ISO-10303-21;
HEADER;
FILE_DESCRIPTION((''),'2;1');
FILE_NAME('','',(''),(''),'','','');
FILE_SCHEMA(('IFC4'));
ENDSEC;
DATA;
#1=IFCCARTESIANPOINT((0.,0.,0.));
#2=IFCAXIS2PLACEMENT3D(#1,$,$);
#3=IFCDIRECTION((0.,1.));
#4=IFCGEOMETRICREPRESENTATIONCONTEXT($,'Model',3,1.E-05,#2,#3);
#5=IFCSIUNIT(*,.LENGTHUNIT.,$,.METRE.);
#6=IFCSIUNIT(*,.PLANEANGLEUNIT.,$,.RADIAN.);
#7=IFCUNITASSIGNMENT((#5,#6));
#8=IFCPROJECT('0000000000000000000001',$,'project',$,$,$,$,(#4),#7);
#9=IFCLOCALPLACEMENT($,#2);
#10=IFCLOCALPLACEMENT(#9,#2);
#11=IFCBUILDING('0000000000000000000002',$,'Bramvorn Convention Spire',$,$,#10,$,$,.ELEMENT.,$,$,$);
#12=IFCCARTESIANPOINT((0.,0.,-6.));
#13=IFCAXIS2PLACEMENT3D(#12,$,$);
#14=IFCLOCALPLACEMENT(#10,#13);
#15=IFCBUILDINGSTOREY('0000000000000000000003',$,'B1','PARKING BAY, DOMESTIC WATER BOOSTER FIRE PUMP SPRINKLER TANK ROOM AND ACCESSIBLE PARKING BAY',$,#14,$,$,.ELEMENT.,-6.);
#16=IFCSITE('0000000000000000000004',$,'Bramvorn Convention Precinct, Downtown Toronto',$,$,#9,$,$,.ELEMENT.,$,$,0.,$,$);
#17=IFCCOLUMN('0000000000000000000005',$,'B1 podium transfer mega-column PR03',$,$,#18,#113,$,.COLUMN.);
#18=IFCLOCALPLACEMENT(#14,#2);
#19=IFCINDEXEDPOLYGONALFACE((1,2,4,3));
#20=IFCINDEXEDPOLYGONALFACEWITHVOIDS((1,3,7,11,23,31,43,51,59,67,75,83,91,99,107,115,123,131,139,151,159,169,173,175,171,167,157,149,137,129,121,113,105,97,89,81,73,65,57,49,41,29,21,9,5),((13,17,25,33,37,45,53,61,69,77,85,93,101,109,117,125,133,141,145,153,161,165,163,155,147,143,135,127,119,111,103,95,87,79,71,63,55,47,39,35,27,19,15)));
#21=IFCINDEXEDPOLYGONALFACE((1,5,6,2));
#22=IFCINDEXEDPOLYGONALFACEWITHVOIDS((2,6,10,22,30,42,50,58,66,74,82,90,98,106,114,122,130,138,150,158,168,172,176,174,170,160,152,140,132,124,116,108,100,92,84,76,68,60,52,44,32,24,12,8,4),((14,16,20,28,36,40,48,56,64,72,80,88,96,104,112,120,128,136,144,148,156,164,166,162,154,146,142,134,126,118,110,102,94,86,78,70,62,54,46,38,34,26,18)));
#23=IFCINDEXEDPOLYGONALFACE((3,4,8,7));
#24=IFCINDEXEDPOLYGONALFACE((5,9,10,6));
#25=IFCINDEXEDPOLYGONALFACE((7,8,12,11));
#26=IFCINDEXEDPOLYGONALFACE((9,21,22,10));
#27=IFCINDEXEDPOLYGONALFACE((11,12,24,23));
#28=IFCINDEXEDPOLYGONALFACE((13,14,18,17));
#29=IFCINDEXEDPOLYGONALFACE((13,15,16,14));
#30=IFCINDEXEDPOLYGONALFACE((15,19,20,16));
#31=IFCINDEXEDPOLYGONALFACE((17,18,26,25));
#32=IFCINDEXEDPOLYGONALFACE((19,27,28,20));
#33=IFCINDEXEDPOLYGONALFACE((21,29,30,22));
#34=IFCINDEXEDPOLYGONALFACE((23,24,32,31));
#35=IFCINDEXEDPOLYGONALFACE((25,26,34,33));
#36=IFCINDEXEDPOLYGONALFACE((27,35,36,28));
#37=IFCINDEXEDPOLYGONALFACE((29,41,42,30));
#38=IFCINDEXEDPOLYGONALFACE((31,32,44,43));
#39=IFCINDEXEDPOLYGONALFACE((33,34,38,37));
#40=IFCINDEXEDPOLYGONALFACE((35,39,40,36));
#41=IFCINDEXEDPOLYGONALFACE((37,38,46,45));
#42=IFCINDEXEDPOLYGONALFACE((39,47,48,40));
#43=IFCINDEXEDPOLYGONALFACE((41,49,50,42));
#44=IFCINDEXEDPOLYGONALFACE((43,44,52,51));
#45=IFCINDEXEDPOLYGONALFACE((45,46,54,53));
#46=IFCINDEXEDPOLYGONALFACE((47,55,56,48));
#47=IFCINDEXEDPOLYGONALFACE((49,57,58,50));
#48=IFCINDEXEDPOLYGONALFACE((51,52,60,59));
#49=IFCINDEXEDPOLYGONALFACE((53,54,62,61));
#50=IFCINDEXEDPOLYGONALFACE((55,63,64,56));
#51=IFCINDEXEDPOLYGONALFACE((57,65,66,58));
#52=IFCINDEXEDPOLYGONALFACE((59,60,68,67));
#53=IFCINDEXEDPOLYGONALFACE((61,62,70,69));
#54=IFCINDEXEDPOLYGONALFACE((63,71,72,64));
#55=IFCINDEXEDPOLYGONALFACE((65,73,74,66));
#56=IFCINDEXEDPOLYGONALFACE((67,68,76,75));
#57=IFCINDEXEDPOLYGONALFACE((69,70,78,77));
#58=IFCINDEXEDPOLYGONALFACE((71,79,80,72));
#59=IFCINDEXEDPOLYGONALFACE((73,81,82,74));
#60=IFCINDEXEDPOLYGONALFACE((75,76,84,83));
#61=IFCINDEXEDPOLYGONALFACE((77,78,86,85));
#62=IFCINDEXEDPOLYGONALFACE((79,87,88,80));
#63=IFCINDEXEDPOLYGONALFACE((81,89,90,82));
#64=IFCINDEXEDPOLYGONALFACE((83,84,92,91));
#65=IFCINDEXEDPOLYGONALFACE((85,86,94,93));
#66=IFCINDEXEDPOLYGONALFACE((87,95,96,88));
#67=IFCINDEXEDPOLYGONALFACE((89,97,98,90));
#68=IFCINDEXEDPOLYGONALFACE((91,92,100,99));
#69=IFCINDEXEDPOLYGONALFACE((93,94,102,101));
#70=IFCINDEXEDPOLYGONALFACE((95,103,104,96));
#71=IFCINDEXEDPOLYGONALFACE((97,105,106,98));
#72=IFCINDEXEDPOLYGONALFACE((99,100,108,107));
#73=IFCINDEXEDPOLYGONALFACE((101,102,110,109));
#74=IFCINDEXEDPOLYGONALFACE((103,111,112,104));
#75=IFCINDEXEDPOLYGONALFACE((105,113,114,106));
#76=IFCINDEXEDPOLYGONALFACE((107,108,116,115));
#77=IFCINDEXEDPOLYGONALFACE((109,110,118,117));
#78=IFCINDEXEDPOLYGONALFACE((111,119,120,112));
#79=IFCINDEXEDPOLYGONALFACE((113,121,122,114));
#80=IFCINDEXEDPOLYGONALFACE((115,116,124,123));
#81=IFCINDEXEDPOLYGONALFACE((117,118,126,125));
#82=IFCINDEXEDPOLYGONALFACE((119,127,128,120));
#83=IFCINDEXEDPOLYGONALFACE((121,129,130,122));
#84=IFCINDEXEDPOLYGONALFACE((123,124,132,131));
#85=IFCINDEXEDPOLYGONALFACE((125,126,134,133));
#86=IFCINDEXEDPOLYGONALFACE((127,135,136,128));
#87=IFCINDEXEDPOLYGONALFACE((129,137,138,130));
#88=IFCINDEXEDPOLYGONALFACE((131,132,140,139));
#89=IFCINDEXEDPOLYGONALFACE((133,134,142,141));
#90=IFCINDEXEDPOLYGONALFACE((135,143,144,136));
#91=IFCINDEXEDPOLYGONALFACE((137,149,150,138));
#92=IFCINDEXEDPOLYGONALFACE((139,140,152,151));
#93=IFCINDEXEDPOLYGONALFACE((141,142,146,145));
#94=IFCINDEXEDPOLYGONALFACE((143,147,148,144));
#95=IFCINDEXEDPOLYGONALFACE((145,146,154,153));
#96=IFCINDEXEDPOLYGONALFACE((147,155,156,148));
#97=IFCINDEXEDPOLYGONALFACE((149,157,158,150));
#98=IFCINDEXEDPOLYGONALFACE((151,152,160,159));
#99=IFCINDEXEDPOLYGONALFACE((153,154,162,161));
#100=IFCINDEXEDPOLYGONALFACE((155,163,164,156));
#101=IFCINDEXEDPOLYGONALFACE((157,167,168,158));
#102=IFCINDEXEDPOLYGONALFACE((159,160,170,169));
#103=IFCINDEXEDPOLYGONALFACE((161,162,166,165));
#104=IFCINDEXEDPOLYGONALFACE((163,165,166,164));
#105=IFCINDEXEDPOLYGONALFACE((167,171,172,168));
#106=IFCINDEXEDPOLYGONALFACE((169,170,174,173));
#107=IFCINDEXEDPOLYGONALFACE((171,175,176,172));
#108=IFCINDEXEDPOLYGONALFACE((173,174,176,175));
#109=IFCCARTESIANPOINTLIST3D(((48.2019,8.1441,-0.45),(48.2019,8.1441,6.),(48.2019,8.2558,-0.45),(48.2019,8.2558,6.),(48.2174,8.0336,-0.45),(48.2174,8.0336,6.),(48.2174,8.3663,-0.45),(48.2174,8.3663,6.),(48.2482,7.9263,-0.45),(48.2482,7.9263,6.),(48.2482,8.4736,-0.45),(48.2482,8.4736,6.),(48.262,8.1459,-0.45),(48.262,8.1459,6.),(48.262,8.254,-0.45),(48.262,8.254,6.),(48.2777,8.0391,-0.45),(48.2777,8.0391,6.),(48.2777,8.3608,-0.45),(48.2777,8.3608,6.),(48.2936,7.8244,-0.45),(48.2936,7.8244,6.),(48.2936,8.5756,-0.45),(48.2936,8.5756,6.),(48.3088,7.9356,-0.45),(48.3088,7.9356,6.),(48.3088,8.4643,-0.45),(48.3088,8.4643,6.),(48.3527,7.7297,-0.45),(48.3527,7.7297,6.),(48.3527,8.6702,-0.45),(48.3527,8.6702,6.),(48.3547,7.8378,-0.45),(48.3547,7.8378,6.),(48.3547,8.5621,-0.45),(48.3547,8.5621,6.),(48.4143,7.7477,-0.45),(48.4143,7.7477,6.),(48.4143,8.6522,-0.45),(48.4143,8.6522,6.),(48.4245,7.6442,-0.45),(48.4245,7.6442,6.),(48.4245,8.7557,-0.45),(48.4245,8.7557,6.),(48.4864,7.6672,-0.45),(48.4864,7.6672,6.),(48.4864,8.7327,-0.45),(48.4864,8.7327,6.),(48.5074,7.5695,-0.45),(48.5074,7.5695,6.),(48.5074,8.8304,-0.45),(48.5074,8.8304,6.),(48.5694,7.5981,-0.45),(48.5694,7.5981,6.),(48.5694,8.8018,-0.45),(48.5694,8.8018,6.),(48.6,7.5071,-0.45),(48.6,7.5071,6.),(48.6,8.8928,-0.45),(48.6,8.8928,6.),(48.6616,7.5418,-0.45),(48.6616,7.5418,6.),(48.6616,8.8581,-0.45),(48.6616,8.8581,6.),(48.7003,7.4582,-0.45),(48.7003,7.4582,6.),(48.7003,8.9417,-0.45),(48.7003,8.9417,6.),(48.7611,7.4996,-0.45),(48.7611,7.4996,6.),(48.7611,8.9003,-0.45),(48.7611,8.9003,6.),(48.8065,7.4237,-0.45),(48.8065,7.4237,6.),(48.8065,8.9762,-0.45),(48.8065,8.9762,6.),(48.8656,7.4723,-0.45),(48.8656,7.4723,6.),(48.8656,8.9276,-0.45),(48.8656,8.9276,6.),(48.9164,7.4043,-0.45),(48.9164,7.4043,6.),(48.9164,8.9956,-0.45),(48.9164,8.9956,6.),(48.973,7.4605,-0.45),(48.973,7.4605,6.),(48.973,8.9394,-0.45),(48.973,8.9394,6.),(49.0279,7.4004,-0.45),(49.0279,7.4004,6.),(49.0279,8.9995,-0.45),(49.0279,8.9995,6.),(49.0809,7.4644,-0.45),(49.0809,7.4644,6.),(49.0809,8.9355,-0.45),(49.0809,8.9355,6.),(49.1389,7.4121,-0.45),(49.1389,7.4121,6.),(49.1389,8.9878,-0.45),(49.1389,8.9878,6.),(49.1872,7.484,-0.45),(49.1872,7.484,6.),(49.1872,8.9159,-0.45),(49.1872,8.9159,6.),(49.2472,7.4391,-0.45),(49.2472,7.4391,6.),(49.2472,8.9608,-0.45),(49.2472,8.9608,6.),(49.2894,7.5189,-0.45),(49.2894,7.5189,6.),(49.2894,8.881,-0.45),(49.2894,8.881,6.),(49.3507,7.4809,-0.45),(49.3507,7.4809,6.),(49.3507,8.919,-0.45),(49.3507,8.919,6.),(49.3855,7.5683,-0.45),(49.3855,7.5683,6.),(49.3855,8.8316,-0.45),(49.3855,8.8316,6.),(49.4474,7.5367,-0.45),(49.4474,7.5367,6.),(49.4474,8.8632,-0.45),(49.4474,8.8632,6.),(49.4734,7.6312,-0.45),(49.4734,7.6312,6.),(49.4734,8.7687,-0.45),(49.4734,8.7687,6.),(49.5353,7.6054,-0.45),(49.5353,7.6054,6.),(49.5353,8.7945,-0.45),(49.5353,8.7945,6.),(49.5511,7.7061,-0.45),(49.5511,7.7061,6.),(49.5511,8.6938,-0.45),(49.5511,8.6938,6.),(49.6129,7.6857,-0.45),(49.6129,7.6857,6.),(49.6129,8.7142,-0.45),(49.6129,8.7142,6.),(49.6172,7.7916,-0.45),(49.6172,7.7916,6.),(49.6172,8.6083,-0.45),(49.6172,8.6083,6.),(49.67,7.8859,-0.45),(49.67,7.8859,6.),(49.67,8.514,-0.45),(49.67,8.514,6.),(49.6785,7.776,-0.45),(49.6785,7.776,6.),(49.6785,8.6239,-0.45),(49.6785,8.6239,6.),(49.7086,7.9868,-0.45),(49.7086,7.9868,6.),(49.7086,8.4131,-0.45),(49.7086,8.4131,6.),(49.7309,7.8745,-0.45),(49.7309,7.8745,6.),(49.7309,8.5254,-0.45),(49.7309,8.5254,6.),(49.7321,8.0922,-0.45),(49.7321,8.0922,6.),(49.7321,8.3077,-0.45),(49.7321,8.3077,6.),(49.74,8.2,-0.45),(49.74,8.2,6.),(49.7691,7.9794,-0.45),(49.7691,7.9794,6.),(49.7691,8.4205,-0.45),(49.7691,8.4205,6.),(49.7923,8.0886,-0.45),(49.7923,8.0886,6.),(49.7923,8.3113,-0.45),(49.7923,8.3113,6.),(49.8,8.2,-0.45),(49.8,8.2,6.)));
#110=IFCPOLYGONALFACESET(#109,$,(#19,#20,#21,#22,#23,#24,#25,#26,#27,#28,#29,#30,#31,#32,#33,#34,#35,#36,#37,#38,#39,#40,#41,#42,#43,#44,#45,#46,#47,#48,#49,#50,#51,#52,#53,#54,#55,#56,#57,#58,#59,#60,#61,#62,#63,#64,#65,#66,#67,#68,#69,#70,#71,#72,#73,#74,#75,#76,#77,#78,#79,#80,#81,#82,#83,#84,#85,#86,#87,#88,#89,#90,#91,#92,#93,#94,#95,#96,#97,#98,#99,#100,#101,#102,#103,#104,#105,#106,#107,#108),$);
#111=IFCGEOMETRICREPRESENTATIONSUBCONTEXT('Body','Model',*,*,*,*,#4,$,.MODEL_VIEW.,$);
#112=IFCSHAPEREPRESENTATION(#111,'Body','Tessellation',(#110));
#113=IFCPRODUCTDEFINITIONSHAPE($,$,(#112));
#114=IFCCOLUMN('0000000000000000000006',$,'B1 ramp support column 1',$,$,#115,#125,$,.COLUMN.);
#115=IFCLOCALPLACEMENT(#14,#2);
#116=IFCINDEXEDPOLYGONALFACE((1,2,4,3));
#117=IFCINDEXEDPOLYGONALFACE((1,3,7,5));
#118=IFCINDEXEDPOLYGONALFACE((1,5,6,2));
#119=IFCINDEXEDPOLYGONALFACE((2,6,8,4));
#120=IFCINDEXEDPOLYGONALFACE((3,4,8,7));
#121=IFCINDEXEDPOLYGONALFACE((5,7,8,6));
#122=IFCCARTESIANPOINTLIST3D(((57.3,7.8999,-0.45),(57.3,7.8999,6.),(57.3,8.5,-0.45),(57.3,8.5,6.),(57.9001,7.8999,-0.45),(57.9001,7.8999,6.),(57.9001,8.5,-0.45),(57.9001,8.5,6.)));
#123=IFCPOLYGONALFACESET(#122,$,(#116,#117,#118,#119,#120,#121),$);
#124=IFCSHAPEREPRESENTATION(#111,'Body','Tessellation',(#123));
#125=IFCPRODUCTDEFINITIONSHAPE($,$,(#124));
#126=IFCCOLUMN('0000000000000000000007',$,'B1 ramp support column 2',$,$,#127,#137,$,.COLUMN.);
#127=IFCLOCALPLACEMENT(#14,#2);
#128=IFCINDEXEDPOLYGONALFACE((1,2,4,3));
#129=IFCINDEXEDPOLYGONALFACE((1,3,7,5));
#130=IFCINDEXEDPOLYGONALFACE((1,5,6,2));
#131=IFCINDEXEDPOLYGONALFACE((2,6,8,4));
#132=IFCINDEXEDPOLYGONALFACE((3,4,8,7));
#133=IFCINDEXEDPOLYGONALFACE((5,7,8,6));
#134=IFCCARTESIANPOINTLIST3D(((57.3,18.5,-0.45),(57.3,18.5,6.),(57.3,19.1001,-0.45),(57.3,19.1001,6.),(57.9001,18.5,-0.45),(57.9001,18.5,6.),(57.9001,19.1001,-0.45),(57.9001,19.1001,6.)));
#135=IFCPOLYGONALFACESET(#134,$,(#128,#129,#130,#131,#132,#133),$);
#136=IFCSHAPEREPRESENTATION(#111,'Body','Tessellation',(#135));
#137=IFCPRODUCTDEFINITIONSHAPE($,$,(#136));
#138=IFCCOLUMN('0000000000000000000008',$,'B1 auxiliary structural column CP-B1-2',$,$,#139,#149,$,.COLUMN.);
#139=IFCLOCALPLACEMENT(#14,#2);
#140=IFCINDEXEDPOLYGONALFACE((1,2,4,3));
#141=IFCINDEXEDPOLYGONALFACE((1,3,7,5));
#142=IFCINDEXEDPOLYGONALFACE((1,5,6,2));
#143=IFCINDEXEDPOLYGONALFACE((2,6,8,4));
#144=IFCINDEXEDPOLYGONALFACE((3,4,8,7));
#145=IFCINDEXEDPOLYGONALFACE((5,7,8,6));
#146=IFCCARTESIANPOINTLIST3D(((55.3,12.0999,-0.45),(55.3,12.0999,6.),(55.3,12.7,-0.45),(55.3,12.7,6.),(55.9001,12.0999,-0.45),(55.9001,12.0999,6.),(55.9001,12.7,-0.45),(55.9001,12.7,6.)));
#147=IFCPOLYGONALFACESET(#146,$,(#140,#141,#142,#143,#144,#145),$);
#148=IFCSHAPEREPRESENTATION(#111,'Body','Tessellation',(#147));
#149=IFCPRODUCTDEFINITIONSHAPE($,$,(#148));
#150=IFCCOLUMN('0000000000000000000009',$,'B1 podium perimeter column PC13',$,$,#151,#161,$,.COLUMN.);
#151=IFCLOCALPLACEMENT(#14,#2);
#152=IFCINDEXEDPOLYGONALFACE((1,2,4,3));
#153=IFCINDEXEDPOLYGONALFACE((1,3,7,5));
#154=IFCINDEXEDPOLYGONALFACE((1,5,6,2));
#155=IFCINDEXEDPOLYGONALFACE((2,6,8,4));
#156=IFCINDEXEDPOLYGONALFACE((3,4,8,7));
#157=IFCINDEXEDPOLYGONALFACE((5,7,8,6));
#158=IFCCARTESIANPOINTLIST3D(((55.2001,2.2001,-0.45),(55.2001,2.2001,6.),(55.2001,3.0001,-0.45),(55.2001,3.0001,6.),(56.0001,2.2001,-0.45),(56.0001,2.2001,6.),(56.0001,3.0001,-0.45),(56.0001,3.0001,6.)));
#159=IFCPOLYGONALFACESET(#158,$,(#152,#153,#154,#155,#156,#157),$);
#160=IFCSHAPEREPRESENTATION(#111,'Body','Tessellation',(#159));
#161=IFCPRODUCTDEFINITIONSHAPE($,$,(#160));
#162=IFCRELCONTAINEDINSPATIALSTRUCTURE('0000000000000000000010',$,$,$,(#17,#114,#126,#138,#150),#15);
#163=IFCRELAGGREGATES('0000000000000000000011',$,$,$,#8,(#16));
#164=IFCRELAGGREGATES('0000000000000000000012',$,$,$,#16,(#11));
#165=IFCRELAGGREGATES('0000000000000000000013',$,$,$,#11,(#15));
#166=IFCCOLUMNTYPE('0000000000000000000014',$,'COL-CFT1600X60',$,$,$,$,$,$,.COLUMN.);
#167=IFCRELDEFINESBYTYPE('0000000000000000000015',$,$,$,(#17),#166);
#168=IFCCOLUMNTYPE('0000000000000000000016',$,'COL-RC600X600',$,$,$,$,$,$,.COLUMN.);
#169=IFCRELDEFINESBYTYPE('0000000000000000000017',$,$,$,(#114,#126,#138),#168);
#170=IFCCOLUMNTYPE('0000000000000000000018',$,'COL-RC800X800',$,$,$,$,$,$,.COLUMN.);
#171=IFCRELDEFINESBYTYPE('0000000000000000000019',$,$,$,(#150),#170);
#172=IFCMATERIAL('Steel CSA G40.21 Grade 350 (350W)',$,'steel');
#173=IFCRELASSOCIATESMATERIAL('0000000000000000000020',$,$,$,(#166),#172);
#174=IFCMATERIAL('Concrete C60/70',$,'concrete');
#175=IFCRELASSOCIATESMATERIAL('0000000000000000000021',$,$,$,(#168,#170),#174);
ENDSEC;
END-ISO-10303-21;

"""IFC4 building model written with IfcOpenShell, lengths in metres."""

from ifc_helpers import new_model, si_unit, direction, frame, origin, origin_2d, place, context, subcontext, project, spatial, rectangle, hollow_circle, extrude, material, material_profile, profile_set, type_object, element, save


model = new_model("IFC4")

# Units and contexts
model_context = context("Model", 3, precision=1e-05, world=origin(), true_north=direction((0.0, 1.0)))
body_context = subcontext(model_context, "Body", "Model", "MODEL_VIEW")
ifc_project = project(units=[si_unit("LENGTHUNIT", "METRE"), si_unit("PLANEANGLEUNIT", "RADIAN")], contexts=[model_context])

# Site, building, storey
site_placement = place(None, origin())
site = spatial("IfcSite", under=ifc_project, at=site_placement, Name="Bramvorn Convention Precinct, Downtown Toronto", CompositionType="ELEMENT", RefElevation=0.0)
building_placement = place(site_placement, origin())
building = spatial("IfcBuilding", under=site, at=building_placement, Name="Bramvorn Convention Spire", CompositionType="ELEMENT")
storey_placement = place(building_placement, frame((0.0, 0.0, -6.0)))
storey = spatial("IfcBuildingStorey", under=building, at=storey_placement, Name="B1", Description="PARKING BAY, DOMESTIC WATER BOOSTER FIRE PUMP SPRINKLER TANK ROOM AND ACCESSIBLE PARKING BAY", CompositionType="ELEMENT", Elevation=-6.0)

# Shared definitions
ifc_material_1 = material(Name="Concrete C60/70", Category="concrete")

# Columns
ifc_material_2 = material(Name="Steel CSA G40.21 Grade 350 (350W)", Category="steel")
ifc_material_profile_1 = material_profile(ifc_material_2, hollow_circle(Radius=0.8, WallThickness=0.0601, at=origin_2d()))
ifc_profile_set_1 = profile_set([ifc_material_profile_1], Name="Steel CSA G40.21 Grade 350 (350W) - CFT1600X60")
column_type_1 = type_object("IfcColumnType", Name="COL-CFT1600X60", PredefinedType="COLUMN", material=ifc_profile_set_1)
column_1_placement = place(storey_placement, frame((49.0, 8.2, -0.45), z_axis=(0.0, 0.0, 1.0), x_axis=(1.0, 0.0, 0.0)))
element("IfcColumn", 1, at=column_1_placement, inside=storey, type_object=column_type_1, Name="B1 podium transfer mega-column PR03", PredefinedType="COLUMN", context=body_context, shape_type="SweptSolid", body=[
    extrude(hollow_circle(Radius=0.8, WallThickness=0.0601, at=origin_2d()), origin(), (0.0, 0.0, 1.0), 6.45),
])
ifc_material_profile_2 = material_profile(ifc_material_1, rectangle(XDim=0.6001, YDim=0.6001, at=origin_2d()))
ifc_profile_set_2 = profile_set([ifc_material_profile_2], Name="Concrete C60/70 - RC600X600")
column_type_2 = type_object("IfcColumnType", Name="COL-RC600X600", PredefinedType="COLUMN", material=ifc_profile_set_2)
for number, where, z_axis, x_axis, name in (
    (2, (57.6001, 8.2, -0.45), (0.0, 0.0, 1.0), (1.0, 0.0, 0.0), "B1 ramp support column 1"),
    (3, (57.6001, 18.8, -0.45), (0.0, 0.0, 1.0), (1.0, 0.0, 0.0), "B1 ramp support column 2"),
    (4, (55.6001, 12.3999, -0.45), (0.0, 0.0, 1.0), (1.0, 0.0, 0.0), "B1 auxiliary structural column CP-B1-2"),
):
    element("IfcColumn", number, at=place(storey_placement, frame(where, z_axis=z_axis, x_axis=x_axis)), inside=storey, type_object=column_type_2, Name=name, PredefinedType="COLUMN", context=body_context, shape_type="SweptSolid", body=[
        extrude(rectangle(XDim=0.6001, YDim=0.6001, at=origin_2d()), origin(), (0.0, 0.0, 1.0), 6.45),
    ])
ifc_material_profile_3 = material_profile(ifc_material_1, rectangle(XDim=0.8, YDim=0.8, at=origin_2d()))
ifc_profile_set_3 = profile_set([ifc_material_profile_3], Name="Concrete C60/70 - RC800X800")
column_type_3 = type_object("IfcColumnType", Name="COL-RC800X800", PredefinedType="COLUMN", material=ifc_profile_set_3)
column_2_placement = place(storey_placement, frame((55.6001, 2.6001, -0.45), z_axis=(0.0, 0.0, 1.0), x_axis=(1.0, 0.0, 0.0)))
element("IfcColumn", 5, at=column_2_placement, inside=storey, type_object=column_type_3, Name="B1 podium perimeter column PC13", PredefinedType="COLUMN", context=body_context, shape_type="SweptSolid", body=[
    extrude(rectangle(XDim=0.8, YDim=0.8, at=origin_2d()), origin(), (0.0, 0.0, 1.0), 6.45),
])

save(model, "model.ifc")
